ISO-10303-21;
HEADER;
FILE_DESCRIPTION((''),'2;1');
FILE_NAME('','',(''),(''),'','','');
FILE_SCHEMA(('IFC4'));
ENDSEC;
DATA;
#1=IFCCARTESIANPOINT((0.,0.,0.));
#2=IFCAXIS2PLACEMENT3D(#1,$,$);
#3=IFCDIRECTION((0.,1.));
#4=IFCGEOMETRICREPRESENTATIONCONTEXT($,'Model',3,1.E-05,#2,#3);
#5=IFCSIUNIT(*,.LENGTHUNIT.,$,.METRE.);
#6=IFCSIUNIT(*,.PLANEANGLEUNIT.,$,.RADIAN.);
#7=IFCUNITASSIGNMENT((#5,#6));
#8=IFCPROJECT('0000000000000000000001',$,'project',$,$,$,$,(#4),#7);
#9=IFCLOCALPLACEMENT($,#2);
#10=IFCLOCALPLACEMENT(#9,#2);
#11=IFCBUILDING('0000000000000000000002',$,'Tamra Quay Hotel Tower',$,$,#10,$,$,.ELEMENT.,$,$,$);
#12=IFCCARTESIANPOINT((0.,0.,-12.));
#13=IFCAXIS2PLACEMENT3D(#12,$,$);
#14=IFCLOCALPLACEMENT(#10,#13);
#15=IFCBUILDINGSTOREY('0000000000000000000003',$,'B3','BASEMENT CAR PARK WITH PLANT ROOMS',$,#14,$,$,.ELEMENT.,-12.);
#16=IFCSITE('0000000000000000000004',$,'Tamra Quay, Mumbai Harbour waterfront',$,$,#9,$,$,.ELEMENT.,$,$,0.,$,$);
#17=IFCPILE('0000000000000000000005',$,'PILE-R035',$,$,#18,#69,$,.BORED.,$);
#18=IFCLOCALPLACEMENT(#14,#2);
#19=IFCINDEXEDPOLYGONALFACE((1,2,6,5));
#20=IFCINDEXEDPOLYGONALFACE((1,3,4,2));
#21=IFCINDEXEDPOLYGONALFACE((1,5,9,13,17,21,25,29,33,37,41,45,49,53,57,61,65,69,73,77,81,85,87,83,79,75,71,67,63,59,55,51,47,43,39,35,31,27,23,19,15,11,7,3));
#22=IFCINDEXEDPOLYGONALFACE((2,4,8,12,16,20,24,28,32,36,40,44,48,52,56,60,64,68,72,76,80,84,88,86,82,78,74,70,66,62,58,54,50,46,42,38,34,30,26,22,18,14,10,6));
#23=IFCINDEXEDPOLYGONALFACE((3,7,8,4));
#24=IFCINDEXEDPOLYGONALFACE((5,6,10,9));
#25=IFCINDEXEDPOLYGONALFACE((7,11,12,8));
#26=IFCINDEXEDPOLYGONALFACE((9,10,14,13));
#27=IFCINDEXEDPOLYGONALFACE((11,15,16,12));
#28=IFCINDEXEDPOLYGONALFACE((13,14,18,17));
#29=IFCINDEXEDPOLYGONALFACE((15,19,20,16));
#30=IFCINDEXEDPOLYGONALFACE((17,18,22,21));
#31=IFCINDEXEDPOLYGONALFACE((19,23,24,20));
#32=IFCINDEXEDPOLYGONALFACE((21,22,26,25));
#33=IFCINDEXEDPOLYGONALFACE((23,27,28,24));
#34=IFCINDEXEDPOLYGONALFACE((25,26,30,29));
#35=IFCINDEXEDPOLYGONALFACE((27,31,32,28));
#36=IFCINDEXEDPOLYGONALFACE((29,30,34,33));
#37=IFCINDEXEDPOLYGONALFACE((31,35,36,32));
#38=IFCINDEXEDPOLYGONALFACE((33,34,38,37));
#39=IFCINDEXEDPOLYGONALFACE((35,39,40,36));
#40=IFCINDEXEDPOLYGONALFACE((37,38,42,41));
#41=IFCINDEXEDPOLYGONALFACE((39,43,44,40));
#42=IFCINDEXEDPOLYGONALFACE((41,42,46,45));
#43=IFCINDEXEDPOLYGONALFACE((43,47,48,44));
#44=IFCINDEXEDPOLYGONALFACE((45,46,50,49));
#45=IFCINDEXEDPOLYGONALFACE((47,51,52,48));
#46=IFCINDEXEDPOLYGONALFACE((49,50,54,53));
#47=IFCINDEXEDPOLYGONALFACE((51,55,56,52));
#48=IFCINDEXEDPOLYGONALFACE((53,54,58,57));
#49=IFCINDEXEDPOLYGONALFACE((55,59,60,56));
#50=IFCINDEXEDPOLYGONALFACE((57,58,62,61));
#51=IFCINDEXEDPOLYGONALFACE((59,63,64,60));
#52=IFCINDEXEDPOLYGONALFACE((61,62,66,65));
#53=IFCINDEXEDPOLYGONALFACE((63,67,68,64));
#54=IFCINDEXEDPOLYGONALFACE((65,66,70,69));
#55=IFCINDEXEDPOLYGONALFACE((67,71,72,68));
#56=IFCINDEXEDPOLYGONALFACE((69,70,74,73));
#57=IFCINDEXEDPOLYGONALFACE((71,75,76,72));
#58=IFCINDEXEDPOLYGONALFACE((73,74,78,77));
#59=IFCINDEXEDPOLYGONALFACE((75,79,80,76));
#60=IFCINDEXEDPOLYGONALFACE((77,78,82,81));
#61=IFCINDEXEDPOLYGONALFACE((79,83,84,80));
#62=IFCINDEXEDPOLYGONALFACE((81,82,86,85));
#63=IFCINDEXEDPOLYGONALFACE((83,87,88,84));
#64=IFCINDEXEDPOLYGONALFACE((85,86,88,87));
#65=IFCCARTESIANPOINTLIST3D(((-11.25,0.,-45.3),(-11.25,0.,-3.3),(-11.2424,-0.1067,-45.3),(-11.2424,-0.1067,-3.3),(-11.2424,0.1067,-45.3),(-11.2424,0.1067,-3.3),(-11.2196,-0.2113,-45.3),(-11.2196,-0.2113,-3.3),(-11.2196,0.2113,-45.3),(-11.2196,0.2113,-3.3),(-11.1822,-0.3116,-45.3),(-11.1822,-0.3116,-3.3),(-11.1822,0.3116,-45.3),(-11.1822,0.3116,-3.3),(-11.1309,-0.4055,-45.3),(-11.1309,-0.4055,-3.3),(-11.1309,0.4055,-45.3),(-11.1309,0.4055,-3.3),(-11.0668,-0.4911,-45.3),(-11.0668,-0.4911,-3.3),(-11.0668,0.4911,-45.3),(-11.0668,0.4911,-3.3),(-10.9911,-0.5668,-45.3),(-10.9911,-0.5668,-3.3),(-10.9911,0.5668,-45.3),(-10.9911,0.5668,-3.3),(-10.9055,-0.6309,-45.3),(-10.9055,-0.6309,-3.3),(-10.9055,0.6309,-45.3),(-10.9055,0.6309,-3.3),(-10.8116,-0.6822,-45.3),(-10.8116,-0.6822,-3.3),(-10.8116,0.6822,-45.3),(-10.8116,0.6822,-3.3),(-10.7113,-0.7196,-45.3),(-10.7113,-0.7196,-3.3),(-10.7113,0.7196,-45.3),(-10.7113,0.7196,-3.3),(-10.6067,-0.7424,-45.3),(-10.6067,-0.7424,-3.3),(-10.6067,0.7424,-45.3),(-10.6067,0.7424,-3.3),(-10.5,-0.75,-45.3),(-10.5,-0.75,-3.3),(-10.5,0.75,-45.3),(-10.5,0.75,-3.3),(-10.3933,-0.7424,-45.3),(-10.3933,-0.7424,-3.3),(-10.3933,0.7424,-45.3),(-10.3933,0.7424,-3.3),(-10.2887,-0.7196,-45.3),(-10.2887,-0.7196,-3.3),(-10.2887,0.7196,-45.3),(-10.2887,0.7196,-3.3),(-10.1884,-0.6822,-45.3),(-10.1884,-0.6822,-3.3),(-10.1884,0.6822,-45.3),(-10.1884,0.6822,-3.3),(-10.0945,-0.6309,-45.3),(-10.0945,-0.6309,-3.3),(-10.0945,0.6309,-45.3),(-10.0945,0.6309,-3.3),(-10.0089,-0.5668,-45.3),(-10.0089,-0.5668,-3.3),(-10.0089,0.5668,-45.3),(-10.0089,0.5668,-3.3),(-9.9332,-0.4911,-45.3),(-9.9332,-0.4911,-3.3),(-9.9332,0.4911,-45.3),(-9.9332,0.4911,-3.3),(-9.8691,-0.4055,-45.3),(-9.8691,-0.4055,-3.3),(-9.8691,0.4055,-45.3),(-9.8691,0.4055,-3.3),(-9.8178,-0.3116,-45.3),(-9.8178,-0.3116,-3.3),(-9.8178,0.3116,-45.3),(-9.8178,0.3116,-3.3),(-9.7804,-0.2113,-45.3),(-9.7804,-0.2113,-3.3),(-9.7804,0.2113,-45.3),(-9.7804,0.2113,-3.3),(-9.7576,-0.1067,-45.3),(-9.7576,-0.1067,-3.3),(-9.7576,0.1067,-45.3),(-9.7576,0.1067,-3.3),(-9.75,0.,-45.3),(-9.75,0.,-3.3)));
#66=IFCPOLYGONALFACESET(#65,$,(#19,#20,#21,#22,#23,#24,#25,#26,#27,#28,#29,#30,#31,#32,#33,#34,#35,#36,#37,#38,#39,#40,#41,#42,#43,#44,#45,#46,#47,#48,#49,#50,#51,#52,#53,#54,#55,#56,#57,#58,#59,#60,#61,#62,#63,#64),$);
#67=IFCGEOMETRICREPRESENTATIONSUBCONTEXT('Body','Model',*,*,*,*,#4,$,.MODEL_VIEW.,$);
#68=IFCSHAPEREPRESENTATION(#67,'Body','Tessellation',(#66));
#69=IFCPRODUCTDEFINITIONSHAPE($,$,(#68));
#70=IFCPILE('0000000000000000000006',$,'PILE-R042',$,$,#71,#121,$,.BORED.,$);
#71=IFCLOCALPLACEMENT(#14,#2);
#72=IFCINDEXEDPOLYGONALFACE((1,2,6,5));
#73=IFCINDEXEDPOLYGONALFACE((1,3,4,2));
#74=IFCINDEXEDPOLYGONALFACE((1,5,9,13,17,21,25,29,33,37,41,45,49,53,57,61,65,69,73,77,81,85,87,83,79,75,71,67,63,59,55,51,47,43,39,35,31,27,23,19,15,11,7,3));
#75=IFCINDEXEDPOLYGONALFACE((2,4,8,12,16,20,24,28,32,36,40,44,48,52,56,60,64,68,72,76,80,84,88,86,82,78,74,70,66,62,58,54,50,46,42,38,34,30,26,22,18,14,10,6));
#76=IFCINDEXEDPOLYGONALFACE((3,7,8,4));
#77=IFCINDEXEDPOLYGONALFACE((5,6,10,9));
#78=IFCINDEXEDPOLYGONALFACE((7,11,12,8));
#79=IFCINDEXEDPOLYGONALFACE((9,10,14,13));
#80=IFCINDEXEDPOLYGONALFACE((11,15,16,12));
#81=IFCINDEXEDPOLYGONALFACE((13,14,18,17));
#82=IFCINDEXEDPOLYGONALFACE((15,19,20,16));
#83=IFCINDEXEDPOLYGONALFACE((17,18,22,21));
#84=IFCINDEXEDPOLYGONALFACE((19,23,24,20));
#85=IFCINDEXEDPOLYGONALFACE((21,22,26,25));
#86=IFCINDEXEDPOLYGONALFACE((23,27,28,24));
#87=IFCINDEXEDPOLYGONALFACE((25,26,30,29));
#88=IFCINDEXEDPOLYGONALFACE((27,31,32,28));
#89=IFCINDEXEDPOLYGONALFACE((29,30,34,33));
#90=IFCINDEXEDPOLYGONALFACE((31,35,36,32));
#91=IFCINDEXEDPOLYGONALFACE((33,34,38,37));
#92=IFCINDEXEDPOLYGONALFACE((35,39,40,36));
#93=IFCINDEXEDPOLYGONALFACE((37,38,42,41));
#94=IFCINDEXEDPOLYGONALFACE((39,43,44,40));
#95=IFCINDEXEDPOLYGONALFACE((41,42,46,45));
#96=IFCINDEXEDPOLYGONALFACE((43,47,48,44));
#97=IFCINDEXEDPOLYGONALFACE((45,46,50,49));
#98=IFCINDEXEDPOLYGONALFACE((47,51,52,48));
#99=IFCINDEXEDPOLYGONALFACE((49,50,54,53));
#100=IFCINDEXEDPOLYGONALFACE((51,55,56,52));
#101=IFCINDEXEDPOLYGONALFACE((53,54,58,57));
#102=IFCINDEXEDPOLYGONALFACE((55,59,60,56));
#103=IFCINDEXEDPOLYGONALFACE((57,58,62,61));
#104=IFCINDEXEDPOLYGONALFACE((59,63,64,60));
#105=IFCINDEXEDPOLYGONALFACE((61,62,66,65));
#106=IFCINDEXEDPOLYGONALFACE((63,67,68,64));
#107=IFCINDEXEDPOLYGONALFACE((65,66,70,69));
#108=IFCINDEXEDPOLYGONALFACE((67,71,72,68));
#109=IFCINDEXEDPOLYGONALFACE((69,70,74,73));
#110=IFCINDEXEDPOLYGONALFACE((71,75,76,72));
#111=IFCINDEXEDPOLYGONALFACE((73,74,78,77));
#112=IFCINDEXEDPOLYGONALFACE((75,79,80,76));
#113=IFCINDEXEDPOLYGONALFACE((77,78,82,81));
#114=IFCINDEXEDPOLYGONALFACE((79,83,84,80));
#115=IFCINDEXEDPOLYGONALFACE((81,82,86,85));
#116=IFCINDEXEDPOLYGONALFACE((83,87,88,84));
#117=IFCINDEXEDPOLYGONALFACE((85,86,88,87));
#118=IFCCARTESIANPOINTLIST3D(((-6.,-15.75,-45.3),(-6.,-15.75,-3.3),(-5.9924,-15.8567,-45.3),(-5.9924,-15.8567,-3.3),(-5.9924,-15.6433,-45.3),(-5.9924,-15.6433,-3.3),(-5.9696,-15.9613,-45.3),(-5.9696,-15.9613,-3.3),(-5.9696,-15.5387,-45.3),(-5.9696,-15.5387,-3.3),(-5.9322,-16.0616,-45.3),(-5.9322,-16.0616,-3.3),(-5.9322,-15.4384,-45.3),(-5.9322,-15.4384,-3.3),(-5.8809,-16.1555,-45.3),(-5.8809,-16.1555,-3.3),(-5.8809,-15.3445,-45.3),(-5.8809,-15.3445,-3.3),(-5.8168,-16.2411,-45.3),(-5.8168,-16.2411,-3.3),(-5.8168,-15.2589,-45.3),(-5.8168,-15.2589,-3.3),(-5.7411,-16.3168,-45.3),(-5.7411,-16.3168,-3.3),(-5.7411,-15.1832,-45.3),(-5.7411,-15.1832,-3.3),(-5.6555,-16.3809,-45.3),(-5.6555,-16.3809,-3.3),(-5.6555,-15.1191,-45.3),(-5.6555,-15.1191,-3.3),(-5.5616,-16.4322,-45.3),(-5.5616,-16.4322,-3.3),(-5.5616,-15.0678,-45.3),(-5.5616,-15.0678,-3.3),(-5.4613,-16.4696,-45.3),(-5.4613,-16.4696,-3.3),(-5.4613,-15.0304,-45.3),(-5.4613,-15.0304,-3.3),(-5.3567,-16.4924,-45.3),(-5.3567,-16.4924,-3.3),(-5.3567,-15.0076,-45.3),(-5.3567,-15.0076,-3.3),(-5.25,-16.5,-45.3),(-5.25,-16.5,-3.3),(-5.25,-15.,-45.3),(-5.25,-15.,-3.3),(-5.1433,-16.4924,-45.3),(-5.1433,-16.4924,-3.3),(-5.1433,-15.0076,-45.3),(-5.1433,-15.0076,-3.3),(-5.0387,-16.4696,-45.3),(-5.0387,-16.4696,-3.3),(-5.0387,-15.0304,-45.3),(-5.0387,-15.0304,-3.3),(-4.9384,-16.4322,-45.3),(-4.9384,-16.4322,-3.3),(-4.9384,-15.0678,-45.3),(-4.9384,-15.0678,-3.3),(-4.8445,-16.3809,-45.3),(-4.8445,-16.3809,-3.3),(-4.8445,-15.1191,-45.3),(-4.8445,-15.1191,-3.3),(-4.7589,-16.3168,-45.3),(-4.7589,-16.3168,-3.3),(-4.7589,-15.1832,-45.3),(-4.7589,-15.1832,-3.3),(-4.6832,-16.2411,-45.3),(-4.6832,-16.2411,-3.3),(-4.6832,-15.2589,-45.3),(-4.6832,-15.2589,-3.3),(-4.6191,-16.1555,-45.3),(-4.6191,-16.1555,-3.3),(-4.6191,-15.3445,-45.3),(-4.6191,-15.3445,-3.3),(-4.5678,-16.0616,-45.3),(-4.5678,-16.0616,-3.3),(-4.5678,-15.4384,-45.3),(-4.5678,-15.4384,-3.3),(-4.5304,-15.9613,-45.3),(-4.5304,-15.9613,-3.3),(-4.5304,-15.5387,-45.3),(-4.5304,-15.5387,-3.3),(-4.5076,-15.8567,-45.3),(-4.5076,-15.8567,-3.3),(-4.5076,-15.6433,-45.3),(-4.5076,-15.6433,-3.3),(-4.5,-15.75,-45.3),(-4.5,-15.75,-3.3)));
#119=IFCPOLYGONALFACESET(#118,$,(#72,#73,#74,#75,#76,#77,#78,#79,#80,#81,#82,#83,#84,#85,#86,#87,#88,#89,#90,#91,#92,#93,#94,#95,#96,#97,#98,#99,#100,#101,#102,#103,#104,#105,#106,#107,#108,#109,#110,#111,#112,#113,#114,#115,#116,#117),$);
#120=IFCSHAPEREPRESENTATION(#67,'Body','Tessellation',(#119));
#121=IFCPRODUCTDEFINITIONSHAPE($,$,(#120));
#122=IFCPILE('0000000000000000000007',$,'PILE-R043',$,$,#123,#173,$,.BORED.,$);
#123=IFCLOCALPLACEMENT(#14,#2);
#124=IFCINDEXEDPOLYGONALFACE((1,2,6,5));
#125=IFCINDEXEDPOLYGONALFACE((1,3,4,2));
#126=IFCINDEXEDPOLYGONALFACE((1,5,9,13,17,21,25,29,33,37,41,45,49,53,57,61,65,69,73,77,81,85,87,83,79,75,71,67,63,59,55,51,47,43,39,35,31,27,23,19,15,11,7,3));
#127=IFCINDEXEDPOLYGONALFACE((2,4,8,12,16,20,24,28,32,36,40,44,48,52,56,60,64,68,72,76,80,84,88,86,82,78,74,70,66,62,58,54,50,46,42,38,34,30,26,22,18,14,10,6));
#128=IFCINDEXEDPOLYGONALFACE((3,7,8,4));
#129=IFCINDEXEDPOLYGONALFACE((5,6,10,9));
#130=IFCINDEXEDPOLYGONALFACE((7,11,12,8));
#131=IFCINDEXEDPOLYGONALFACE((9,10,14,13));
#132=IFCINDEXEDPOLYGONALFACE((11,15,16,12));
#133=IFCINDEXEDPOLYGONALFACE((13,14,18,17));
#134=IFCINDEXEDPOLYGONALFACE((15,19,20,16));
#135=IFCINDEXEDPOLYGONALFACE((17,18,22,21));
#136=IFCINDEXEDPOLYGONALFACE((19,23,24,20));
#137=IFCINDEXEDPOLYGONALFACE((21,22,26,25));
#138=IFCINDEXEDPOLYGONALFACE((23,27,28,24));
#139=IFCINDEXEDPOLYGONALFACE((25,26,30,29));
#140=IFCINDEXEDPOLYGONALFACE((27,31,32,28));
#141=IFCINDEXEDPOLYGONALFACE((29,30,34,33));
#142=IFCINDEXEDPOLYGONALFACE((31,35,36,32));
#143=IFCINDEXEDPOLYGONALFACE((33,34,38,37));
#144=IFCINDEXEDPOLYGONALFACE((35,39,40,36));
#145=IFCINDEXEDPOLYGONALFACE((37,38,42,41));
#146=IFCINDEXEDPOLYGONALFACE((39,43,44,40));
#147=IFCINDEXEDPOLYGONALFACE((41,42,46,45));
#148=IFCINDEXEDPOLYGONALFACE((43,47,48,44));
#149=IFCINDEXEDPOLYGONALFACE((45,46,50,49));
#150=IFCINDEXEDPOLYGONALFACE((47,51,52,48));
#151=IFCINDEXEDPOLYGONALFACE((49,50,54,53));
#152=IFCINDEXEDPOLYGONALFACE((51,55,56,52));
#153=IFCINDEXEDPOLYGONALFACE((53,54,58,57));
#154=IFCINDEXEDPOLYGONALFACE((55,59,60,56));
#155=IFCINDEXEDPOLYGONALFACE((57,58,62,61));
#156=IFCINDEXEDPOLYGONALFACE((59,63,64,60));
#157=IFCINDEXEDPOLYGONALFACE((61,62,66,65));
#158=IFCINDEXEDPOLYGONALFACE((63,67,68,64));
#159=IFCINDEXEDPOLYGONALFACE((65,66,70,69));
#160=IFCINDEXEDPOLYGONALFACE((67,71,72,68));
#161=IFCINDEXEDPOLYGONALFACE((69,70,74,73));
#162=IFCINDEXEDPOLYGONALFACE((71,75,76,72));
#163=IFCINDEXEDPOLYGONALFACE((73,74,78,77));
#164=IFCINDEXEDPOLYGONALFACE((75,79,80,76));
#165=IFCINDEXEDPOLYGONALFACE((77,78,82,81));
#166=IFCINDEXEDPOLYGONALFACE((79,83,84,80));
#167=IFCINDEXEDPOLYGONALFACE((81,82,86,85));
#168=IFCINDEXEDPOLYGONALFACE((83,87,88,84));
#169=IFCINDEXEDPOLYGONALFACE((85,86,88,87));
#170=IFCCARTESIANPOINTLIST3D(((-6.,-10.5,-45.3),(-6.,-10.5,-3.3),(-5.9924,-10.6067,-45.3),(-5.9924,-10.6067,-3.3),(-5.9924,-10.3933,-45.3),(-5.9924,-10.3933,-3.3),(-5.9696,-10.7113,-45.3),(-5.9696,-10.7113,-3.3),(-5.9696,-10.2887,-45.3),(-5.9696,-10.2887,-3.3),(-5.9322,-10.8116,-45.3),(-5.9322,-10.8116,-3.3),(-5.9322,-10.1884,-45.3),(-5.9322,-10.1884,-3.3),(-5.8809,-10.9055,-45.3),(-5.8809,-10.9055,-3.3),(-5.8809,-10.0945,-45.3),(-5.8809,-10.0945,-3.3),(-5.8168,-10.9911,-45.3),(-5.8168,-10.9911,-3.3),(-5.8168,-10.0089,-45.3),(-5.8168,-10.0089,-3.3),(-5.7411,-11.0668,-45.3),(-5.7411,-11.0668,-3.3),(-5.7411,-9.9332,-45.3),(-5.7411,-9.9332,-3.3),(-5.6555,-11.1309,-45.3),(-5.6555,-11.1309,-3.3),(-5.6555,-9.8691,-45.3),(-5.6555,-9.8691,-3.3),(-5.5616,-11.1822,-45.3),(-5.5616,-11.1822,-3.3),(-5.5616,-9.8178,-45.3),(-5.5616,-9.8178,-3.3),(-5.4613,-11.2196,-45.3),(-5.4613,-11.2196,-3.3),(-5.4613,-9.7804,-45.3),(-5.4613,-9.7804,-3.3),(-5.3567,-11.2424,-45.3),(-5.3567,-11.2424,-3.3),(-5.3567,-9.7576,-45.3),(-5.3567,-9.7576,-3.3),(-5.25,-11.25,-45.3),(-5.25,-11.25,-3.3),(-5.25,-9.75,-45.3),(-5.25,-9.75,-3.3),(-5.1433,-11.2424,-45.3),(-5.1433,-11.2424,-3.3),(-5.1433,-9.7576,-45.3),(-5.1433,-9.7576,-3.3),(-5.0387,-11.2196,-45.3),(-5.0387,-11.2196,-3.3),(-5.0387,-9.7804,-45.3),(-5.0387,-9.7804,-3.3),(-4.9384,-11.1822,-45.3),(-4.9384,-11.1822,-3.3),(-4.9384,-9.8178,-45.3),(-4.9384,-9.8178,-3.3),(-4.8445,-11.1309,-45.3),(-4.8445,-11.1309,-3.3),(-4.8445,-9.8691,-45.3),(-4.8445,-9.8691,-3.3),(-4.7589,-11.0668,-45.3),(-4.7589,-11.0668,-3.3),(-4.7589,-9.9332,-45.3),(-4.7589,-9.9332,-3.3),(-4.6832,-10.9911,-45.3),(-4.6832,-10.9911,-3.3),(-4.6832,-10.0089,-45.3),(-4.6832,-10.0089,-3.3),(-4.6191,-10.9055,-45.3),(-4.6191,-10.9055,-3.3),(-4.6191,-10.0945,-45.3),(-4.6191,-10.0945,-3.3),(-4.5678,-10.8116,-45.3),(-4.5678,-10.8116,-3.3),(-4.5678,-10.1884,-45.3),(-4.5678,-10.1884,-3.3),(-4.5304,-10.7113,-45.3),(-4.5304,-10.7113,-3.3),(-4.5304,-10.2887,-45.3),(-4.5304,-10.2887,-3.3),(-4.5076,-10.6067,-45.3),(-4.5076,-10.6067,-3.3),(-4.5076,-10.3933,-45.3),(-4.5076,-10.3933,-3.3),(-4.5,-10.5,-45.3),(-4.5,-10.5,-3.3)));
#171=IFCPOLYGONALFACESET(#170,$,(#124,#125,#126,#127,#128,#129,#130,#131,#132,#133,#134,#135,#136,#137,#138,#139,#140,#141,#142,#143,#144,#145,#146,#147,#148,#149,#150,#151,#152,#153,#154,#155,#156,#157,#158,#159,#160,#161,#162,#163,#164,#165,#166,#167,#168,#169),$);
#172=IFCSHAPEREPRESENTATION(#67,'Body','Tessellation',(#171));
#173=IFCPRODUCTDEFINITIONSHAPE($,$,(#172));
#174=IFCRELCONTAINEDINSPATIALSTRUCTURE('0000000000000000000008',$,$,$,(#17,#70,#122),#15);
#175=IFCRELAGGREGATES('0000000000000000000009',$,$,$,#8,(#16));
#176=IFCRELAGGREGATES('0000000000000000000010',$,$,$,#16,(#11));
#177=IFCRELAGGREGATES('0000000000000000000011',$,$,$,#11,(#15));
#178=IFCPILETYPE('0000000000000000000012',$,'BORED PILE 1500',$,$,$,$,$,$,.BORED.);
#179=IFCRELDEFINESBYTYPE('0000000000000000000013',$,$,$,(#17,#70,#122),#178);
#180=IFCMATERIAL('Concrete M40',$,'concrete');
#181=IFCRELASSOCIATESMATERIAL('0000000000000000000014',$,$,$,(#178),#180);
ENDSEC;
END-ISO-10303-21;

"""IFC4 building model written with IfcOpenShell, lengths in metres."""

from ifc_helpers import new_model, si_unit, direction, frame, origin, origin_2d, place, context, subcontext, project, spatial, circle, extrude, material, material_profile, profile_set, type_object, element, save


model = new_model("IFC4")

# Units and contexts
model_context = context("Model", 3, precision=1e-05, world=origin(), true_north=direction((0.0, 1.0)))
body_context = subcontext(model_context, "Body", "Model", "MODEL_VIEW")
ifc_project = project(units=[si_unit("LENGTHUNIT", "METRE"), si_unit("PLANEANGLEUNIT", "RADIAN")], contexts=[model_context])

# Site, building, storey
site_placement = place(None, origin())
site = spatial("IfcSite", under=ifc_project, at=site_placement, Name="Tamra Quay, Mumbai Harbour waterfront", CompositionType="ELEMENT", RefElevation=0.0)
building_placement = place(site_placement, origin())
building = spatial("IfcBuilding", under=site, at=building_placement, Name="Tamra Quay Hotel Tower", CompositionType="ELEMENT")
storey_placement = place(building_placement, frame((0.0, 0.0, -12.0)))
storey = spatial("IfcBuildingStorey", under=building, at=storey_placement, Name="B3", Description="BASEMENT CAR PARK WITH PLANT ROOMS", CompositionType="ELEMENT", Elevation=-12.0)

# Piles
ifc_material_1 = material(Name="Concrete M40", Category="concrete")
ifc_material_profile_1 = material_profile(ifc_material_1, circle(Radius=0.75, at=origin_2d()), Name="BORED PILE 1500")
ifc_profile_set_1 = profile_set([ifc_material_profile_1], Name="Concrete M40")
pile_type = type_object("IfcPileType", Name="BORED PILE 1500", PredefinedType="BORED", material=ifc_profile_set_1)
for number, where, z_axis, x_axis, name in (
    (1, (-10.5, 0.0, -3.3), (0.0, 0.0, -1.0), (1.0, 0.0, 0.0), "PILE-R035"),
    (2, (-5.25, -15.75, -3.3), (0.0, 0.0, -1.0), (1.0, 0.0, 0.0), "PILE-R042"),
    (3, (-5.25, -10.5, -3.3), (0.0, 0.0, -1.0), (1.0, 0.0, 0.0), "PILE-R043"),
):
    element("IfcPile", number, at=place(storey_placement, frame(where, z_axis=z_axis, x_axis=x_axis)), inside=storey, type_object=pile_type, Name=name, PredefinedType="BORED", context=body_context, shape_type="SweptSolid", body=[
        extrude(circle(Radius=0.75, at=origin_2d()), origin(), (0.0, 0.0, 1.0), 42.0),
    ])

save(model, "model.ifc")
